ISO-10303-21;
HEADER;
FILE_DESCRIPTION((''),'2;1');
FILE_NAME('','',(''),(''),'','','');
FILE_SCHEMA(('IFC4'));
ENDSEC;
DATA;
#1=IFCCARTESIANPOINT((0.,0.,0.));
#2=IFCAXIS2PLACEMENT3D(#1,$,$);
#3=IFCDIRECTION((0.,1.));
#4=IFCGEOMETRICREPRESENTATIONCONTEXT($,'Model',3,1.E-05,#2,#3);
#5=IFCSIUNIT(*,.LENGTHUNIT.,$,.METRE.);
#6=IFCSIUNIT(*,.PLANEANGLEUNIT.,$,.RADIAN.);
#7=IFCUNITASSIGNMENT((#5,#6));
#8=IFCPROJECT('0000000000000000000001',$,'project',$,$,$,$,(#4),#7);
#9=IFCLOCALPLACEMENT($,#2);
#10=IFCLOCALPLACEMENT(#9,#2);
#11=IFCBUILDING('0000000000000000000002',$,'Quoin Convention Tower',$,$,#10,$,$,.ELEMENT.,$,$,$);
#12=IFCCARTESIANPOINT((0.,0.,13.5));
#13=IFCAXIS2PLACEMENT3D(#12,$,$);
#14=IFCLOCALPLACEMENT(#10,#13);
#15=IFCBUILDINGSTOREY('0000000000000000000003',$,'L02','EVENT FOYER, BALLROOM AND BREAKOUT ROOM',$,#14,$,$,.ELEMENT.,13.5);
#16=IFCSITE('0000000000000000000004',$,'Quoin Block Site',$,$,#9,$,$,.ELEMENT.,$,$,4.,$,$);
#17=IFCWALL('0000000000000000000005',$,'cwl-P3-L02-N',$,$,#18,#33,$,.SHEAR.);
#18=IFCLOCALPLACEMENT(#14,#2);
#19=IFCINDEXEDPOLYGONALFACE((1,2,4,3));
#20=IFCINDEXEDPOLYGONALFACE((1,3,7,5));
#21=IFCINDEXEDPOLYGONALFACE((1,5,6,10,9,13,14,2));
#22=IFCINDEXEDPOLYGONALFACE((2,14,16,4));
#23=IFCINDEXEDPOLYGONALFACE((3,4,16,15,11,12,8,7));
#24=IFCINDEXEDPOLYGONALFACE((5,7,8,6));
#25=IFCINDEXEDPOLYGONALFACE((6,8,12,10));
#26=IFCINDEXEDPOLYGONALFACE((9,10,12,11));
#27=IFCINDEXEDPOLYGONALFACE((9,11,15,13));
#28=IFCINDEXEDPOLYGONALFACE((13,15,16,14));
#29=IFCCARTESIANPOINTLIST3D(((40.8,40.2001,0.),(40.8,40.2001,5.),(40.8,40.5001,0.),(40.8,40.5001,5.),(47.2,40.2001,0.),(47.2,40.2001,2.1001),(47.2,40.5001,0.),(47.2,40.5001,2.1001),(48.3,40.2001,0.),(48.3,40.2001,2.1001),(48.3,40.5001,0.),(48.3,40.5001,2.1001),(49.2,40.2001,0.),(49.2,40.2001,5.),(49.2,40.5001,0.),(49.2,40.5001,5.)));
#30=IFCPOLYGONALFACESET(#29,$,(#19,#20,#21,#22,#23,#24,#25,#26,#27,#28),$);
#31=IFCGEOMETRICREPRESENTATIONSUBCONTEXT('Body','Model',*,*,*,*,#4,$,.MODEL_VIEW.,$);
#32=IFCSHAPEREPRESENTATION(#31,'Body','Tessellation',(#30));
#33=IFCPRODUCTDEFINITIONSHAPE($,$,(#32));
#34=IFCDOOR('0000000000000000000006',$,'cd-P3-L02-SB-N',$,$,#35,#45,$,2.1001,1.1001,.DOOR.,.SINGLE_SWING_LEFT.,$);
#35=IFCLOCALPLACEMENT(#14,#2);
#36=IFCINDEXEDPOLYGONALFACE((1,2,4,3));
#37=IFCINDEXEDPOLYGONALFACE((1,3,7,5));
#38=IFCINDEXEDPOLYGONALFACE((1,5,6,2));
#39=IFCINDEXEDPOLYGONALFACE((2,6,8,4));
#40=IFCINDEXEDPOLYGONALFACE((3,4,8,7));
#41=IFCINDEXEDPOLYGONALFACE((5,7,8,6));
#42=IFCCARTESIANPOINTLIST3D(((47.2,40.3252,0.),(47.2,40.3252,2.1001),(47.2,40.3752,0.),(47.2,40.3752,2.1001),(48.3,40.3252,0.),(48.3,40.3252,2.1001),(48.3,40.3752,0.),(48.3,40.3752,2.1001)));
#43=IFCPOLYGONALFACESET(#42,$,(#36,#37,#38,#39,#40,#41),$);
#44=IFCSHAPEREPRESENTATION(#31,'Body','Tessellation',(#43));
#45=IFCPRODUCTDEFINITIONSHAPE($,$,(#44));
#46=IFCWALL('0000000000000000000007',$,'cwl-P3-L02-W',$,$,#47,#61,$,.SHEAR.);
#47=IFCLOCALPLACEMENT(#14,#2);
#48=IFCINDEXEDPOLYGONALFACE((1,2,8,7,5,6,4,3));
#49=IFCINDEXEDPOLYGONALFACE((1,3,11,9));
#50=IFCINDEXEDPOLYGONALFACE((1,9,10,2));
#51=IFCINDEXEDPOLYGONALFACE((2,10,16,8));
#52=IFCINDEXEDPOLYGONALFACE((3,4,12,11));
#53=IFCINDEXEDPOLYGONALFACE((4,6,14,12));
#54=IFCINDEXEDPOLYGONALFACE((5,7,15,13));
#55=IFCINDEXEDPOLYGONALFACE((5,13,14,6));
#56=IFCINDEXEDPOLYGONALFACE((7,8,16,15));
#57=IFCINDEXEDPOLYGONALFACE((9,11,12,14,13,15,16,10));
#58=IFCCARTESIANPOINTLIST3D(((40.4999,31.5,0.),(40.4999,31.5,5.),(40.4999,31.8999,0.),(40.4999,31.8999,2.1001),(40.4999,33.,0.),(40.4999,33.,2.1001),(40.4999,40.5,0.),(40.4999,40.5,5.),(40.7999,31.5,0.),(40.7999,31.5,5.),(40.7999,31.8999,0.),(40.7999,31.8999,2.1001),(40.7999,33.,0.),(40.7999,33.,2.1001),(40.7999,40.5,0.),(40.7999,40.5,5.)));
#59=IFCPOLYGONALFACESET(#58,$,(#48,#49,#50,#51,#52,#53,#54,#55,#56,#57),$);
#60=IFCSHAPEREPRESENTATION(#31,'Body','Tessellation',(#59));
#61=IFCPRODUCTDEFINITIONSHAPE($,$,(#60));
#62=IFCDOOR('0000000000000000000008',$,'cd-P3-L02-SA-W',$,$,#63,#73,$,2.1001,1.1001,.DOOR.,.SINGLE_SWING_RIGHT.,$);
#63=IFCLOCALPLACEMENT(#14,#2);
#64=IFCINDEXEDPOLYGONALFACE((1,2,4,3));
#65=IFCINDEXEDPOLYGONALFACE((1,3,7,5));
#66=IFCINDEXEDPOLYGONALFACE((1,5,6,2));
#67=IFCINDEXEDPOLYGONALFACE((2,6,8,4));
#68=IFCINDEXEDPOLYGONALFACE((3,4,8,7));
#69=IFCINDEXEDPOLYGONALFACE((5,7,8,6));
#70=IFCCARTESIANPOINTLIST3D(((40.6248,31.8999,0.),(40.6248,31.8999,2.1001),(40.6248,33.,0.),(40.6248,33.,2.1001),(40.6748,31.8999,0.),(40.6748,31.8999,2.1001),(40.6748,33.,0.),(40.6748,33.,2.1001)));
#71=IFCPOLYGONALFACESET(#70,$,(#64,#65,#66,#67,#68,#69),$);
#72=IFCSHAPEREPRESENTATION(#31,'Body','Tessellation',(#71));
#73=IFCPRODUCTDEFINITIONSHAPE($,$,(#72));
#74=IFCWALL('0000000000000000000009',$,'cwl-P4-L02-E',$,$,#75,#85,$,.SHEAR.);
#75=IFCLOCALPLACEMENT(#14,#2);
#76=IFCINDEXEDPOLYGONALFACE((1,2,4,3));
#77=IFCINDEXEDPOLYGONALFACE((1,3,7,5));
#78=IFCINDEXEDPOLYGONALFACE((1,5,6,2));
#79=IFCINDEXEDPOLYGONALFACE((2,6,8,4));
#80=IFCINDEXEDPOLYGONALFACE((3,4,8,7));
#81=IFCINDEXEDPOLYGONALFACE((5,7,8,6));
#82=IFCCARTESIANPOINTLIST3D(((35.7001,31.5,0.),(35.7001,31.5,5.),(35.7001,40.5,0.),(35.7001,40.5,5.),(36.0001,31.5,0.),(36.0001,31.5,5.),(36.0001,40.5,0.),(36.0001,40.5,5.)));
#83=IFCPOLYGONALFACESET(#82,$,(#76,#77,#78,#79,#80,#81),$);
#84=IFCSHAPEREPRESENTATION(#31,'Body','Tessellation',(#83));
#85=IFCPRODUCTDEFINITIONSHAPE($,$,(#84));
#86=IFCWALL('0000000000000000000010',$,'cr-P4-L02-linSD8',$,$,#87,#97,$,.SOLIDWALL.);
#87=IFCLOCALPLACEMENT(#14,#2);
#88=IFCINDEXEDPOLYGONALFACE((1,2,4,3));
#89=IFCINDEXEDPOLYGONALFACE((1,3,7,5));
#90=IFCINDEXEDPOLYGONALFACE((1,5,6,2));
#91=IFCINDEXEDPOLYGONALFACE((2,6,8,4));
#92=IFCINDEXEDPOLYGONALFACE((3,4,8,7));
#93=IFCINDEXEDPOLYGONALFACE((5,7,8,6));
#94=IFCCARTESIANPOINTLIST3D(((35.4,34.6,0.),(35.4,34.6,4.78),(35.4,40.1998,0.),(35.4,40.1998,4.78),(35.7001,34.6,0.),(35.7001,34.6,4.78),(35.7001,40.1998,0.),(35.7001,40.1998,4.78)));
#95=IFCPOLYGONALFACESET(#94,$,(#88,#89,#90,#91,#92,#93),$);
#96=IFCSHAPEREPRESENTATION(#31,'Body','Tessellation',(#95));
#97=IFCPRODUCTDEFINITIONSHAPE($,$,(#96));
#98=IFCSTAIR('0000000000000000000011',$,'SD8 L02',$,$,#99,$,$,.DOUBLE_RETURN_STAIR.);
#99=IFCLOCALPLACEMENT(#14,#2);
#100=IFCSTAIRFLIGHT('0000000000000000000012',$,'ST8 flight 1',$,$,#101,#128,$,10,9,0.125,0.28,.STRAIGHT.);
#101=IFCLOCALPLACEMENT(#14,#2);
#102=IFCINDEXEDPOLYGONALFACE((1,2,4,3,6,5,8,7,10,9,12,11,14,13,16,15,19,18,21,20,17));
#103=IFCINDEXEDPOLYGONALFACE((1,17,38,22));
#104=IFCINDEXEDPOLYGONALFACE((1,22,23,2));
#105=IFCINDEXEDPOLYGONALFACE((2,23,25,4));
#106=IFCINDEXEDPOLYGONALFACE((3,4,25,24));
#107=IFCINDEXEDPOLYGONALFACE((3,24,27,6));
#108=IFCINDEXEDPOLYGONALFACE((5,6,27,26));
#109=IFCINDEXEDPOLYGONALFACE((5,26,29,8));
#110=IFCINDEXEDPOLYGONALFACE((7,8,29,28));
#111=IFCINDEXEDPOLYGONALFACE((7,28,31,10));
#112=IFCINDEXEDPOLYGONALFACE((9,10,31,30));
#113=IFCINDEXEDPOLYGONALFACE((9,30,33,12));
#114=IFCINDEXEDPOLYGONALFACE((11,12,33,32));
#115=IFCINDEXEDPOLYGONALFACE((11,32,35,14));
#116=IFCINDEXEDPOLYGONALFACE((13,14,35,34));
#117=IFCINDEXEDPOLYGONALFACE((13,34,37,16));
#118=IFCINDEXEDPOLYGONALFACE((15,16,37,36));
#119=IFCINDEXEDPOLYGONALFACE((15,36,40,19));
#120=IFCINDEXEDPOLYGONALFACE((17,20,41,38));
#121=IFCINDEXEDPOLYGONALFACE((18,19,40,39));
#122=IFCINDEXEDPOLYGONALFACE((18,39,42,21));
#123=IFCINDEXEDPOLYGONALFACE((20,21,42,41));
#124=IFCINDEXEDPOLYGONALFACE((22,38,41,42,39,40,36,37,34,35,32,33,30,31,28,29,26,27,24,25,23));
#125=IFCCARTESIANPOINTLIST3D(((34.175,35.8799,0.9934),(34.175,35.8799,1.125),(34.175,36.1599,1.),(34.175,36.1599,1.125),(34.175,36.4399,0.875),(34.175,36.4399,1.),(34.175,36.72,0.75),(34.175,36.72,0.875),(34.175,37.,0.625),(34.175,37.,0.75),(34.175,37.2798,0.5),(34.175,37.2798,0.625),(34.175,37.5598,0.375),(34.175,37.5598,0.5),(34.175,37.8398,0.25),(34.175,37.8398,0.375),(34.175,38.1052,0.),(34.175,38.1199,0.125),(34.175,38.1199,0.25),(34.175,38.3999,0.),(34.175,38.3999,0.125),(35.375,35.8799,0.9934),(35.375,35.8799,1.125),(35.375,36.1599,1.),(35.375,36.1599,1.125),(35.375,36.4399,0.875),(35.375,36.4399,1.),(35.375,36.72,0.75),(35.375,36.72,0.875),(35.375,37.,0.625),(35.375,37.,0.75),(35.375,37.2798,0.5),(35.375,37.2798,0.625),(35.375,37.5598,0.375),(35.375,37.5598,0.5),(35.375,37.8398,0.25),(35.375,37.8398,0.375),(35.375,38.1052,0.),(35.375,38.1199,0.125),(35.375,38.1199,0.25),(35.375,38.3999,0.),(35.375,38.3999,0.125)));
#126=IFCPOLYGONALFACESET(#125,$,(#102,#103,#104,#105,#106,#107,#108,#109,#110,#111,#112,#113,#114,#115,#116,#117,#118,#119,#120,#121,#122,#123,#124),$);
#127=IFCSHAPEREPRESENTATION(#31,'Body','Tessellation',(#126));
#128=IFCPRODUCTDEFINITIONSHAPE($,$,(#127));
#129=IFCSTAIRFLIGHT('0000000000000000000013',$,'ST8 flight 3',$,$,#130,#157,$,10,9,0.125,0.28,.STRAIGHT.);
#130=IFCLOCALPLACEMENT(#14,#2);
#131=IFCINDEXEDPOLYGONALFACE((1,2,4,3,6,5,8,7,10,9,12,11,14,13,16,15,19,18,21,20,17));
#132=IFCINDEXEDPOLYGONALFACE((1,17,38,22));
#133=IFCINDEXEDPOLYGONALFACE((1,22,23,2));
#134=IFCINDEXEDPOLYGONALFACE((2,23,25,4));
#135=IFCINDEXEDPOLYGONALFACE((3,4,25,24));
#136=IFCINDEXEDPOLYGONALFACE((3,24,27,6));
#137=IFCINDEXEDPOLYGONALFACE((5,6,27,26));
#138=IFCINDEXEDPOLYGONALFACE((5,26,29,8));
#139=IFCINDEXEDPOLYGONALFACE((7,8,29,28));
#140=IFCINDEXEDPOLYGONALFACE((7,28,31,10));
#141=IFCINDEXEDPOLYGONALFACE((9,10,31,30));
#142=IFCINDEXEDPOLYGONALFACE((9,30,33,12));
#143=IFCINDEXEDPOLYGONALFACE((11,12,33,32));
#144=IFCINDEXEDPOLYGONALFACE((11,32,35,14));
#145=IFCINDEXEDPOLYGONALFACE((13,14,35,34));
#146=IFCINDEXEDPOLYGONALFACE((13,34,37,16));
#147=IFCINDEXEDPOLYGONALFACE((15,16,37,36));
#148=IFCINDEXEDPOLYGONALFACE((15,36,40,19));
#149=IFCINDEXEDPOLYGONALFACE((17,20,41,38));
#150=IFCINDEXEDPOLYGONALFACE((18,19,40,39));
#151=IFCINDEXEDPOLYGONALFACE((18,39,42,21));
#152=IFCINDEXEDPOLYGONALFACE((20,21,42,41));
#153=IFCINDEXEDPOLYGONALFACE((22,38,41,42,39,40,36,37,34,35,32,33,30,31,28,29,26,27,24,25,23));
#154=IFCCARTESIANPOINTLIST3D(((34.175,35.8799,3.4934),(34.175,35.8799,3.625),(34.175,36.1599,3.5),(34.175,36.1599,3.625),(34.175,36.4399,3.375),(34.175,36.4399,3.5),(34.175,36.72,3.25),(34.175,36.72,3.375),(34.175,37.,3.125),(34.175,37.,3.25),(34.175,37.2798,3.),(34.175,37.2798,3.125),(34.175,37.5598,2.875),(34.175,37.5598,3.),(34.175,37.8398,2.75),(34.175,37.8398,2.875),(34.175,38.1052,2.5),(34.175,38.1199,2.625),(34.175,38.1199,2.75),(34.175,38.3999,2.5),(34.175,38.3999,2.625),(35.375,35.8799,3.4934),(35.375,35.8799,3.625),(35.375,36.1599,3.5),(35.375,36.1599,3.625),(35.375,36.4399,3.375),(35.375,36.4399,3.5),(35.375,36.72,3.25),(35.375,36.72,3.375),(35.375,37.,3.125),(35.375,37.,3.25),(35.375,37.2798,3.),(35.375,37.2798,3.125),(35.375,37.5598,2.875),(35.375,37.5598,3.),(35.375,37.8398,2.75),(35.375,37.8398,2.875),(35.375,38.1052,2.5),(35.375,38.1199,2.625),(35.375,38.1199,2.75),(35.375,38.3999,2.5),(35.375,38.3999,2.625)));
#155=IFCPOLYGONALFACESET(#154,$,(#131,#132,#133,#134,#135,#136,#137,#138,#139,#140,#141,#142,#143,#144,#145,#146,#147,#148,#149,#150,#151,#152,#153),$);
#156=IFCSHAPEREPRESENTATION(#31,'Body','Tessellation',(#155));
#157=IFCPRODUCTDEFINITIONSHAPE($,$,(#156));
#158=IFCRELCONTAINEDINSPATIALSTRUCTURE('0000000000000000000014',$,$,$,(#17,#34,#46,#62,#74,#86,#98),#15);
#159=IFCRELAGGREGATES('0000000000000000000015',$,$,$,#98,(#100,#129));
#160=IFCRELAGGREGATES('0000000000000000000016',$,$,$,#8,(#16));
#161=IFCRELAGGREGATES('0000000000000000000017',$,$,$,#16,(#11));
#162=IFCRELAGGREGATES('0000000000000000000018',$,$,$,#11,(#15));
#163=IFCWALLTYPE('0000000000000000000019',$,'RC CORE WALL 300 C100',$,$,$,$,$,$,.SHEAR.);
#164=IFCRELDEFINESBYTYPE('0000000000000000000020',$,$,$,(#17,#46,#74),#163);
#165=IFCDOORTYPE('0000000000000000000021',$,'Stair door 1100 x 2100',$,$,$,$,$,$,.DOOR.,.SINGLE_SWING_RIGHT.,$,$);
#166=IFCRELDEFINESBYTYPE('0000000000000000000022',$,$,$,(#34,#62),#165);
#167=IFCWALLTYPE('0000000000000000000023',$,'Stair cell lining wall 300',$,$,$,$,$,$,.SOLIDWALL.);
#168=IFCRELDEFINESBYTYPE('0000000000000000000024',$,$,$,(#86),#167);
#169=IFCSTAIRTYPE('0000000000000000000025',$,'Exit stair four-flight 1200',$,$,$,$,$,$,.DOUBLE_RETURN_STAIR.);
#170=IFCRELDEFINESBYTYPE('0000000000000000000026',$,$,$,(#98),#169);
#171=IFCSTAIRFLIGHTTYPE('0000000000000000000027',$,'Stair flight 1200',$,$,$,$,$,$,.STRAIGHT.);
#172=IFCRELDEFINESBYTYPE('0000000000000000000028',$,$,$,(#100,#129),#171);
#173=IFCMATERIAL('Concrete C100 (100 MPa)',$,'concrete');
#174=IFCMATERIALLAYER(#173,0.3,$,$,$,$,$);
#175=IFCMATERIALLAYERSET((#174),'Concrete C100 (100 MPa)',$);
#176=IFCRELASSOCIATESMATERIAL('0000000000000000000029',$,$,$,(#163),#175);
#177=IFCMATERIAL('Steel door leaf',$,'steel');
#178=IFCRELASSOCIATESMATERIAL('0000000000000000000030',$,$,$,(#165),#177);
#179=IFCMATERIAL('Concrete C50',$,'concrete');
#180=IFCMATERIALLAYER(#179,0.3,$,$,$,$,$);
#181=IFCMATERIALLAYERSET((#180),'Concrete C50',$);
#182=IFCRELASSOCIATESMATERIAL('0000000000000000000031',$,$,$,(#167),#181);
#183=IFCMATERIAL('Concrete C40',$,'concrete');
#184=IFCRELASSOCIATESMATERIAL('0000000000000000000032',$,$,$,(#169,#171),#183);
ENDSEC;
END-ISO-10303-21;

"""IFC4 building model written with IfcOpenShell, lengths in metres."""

from ifc_helpers import new_model, si_unit, direction, frame, frame_2d, origin, place, context, subcontext, project, spatial, polyline, rectangle, outline, extrude, material, layer, layer_set, type_object, element, fill, aggregate, save


model = new_model("IFC4")

# Units and contexts
model_context = context("Model", 3, precision=1e-05, world=origin(), true_north=direction((0.0, 1.0)))
body_context = subcontext(model_context, "Body", "Model", "MODEL_VIEW")
ifc_project = project(units=[si_unit("LENGTHUNIT", "METRE"), si_unit("PLANEANGLEUNIT", "RADIAN")], contexts=[model_context])

# Site, building, storey
site_placement = place(None, origin())
site = spatial("IfcSite", under=ifc_project, at=site_placement, Name="Quoin Block Site", CompositionType="ELEMENT", RefElevation=4.0)
building_placement = place(site_placement, origin())
building = spatial("IfcBuilding", under=site, at=building_placement, Name="Quoin Convention Tower", CompositionType="ELEMENT")
storey_placement = place(building_placement, frame((0.0, 0.0, 13.5)))
storey = spatial("IfcBuildingStorey", under=building, at=storey_placement, Name="L02", Description="EVENT FOYER, BALLROOM AND BREAKOUT ROOM", CompositionType="ELEMENT", Elevation=13.5)

# Shared definitions
ifc_material_1 = material(Name="Concrete C100 (100 MPa)", Category="concrete")

# Shared definitions
ifc_material_2 = material(Name="Concrete C50", Category="concrete")

# Walls, openings, doors
ifc_layer_1 = layer(ifc_material_1, 0.3)
ifc_layer_set_1 = layer_set([ifc_layer_1], Name="Concrete C100 (100 MPa)")
wall_type_1 = type_object("IfcWallType", Name="RC CORE WALL 300 C100", PredefinedType="SHEAR", material=ifc_layer_set_1)
ifc_material_3 = material(Name="Steel door leaf", Category="steel")
wall_1_placement = place(storey_placement, frame((40.8, 40.3501, 0.0), z_axis=(0.0, 0.0, 1.0), x_axis=(1.0, 0.0, 0.0)))
wall_1 = element("IfcWall", 1, at=wall_1_placement, inside=storey, type_object=wall_type_1, Name="cwl-P3-L02-N", PredefinedType="SHEAR", context=body_context, shape_type="SweptSolid", body=[
    extrude(rectangle(XDim=8.3999, YDim=0.3, at=frame_2d((4.2, 0.0))), origin(), (0.0, 0.0, 1.0), 5.0),
])
opening_1_placement = place(wall_1_placement, frame((6.3999, 0.0, 0.0)))
opening_1 = element("IfcOpeningElement", 2, at=opening_1_placement, cuts=wall_1, PredefinedType="OPENING", context=body_context, shape_type="SweptSolid", body=[
    extrude(rectangle(XDim=1.1001, YDim=2.1001, at=frame_2d((0.55, 1.05))), frame((0.0, 0.1599, 0.0), z_axis=(0.0, -1.0, 0.0), x_axis=(1.0, 0.0, 0.0)), (0.0, 0.0, 1.0), 0.3201),
])
door_type_1 = type_object("IfcDoorType", Name="Stair door 1100 x 2100", OperationType="SINGLE_SWING_RIGHT", PredefinedType="DOOR", material=ifc_material_3)
door_1_placement = place(opening_1_placement, frame((1.1001, 0.0, 0.0), z_axis=(0.0, 0.0, 1.0), x_axis=(-1.0, 0.0, 0.0)))
door_1 = element("IfcDoor", 3, at=door_1_placement, inside=storey, type_object=door_type_1, Name="cd-P3-L02-SB-N", OperationType="SINGLE_SWING_LEFT", OverallHeight=2.1001, OverallWidth=1.1001, PredefinedType="DOOR", context=body_context, shape_type="SweptSolid", body=[
    extrude(rectangle(XDim=1.1001, YDim=2.1001, at=frame_2d((0.55, 1.05))), frame((0.0, 0.0249, 0.0), z_axis=(0.0, -1.0, 0.0), x_axis=(1.0, 0.0, 0.0)), (0.0, 0.0, 1.0), 0.05),
])
fill(opening_1, door_1)
wall_2_placement = place(storey_placement, frame((40.6499, 31.5, 0.0), z_axis=(0.0, 0.0, 1.0), x_axis=(0.0, 1.0, 0.0)))
wall_2 = element("IfcWall", 4, at=wall_2_placement, inside=storey, type_object=wall_type_1, Name="cwl-P3-L02-W", PredefinedType="SHEAR", context=body_context, shape_type="SweptSolid", body=[
    extrude(rectangle(XDim=9.0, YDim=0.3, at=frame_2d((4.5, 0.0))), origin(), (0.0, 0.0, 1.0), 5.0),
])
opening_2_placement = place(wall_2_placement, frame((0.3999, 0.0, 0.0)))
opening_2 = element("IfcOpeningElement", 5, at=opening_2_placement, cuts=wall_2, PredefinedType="OPENING", context=body_context, shape_type="SweptSolid", body=[
    extrude(rectangle(XDim=1.1001, YDim=2.1001, at=frame_2d((0.55, 1.05))), frame((0.0, 0.1599, 0.0), z_axis=(0.0, -1.0, 0.0), x_axis=(1.0, 0.0, 0.0)), (0.0, 0.0, 1.0), 0.3201),
])
door_2_placement = place(opening_2_placement, frame((1.1001, 0.0, 0.0), z_axis=(0.0, 0.0, 1.0), x_axis=(-1.0, 0.0, 0.0)))
door_2 = element("IfcDoor", 6, at=door_2_placement, inside=storey, type_object=door_type_1, Name="cd-P3-L02-SA-W", OperationType="SINGLE_SWING_RIGHT", OverallHeight=2.1001, OverallWidth=1.1001, PredefinedType="DOOR", context=body_context, shape_type="SweptSolid", body=[
    extrude(rectangle(XDim=1.1001, YDim=2.1001, at=frame_2d((0.55, 1.05))), frame((0.0, 0.0249, 0.0), z_axis=(0.0, -1.0, 0.0), x_axis=(1.0, 0.0, 0.0)), (0.0, 0.0, 1.0), 0.05),
])
fill(opening_2, door_2)

# Walls
wall_3_placement = place(storey_placement, frame((35.8501, 31.5, 0.0), z_axis=(0.0, 0.0, 1.0), x_axis=(0.0, 1.0, 0.0)))
element("IfcWall", 7, at=wall_3_placement, inside=storey, type_object=wall_type_1, Name="cwl-P4-L02-E", PredefinedType="SHEAR", context=body_context, shape_type="SweptSolid", body=[
    extrude(rectangle(XDim=9.0, YDim=0.3, at=frame_2d((4.5, 0.0))), origin(), (0.0, 0.0, 1.0), 5.0),
])
ifc_layer_2 = layer(ifc_material_2, 0.3)
ifc_layer_set_2 = layer_set([ifc_layer_2], Name="Concrete C50")
wall_type_2 = type_object("IfcWallType", Name="Stair cell lining wall 300", PredefinedType="SOLIDWALL", material=ifc_layer_set_2)
wall_4_placement = place(storey_placement, frame((35.55, 34.6001, 0.0), z_axis=(0.0, 0.0, 1.0), x_axis=(0.0, 1.0, 0.0)))
element("IfcWall", 8, at=wall_4_placement, inside=storey, type_object=wall_type_2, Name="cr-P4-L02-linSD8", PredefinedType="SOLIDWALL", context=body_context, shape_type="SweptSolid", body=[
    extrude(rectangle(XDim=5.5999, YDim=0.3, at=frame_2d((2.7998, 0.0))), origin(), (0.0, 0.0, 1.0), 4.78),
])

# Stair, stair flights
ifc_material_4 = material(Name="Concrete C40", Category="concrete")
stair_type_1 = type_object("IfcStairType", Name="Exit stair four-flight 1200", PredefinedType="DOUBLE_RETURN_STAIR", material=ifc_material_4)
stair_1_placement = place(storey_placement, origin())
stair_1 = element("IfcStair", 9, at=stair_1_placement, inside=storey, type_object=stair_type_1, Name="SD8 L02", PredefinedType="DOUBLE_RETURN_STAIR")
stair_flight_type_1 = type_object("IfcStairFlightType", Name="Stair flight 1200", PredefinedType="STRAIGHT", material=ifc_material_4)
stair_flight_1_placement = place(storey_placement, frame((34.7749, 38.3999, 0.0), z_axis=(0.0, 0.0, 1.0), x_axis=(0.0, -1.0, 0.0)))
stair_flight_1 = element("IfcStairFlight", 10, at=stair_flight_1_placement, type_object=stair_flight_type_1, Name="ST8 flight 1", NumberOfRisers=10, NumberOfTreads=9, PredefinedType="STRAIGHT", RiserHeight=0.125, TreadLength=0.28, context=body_context, shape_type="SweptSolid", body=[
    extrude(outline(polyline([(0.0, 0.0), (0.0, 0.125), (0.28, 0.125), (0.28, 0.25), (0.5601, 0.25), (0.5601, 0.375), (0.8401, 0.375), (0.8401, 0.5), (1.1201, 0.5), (1.1201, 0.625), (1.3999, 0.625), (1.3999, 0.75), (1.6799, 0.75), (1.6799, 0.875), (1.96, 0.875), (1.96, 1.0), (2.24, 1.0), (2.24, 1.125), (2.52, 1.125), (2.52, 1.25), (2.52, 0.9934), (0.2947, 0.0), (0.0, 0.0)])), frame((0.0, 0.6001, 0.0), z_axis=(0.0, -1.0, 0.0), x_axis=(1.0, 0.0, 0.0)), (0.0, 0.0, 1.0), 1.2),
])
stair_flight_2_placement = place(storey_placement, frame((34.7749, 38.3999, 2.5), z_axis=(0.0, 0.0, 1.0), x_axis=(0.0, -1.0, 0.0)))
stair_flight_2 = element("IfcStairFlight", 11, at=stair_flight_2_placement, type_object=stair_flight_type_1, Name="ST8 flight 3", NumberOfRisers=10, NumberOfTreads=9, PredefinedType="STRAIGHT", RiserHeight=0.125, TreadLength=0.28, context=body_context, shape_type="SweptSolid", body=[
    extrude(outline(polyline([(0.0, 0.0), (0.0, 0.125), (0.28, 0.125), (0.28, 0.25), (0.5601, 0.25), (0.5601, 0.375), (0.8401, 0.375), (0.8401, 0.5), (1.1201, 0.5), (1.1201, 0.625), (1.3999, 0.625), (1.3999, 0.75), (1.6799, 0.75), (1.6799, 0.875), (1.96, 0.875), (1.96, 1.0), (2.24, 1.0), (2.24, 1.125), (2.52, 1.125), (2.52, 1.25), (2.52, 0.9934), (0.2947, 0.0), (0.0, 0.0)])), frame((0.0, 0.6001, 0.0), z_axis=(0.0, -1.0, 0.0), x_axis=(1.0, 0.0, 0.0)), (0.0, 0.0, 1.0), 1.2),
])
aggregate(stair_1, [stair_flight_1, stair_flight_2])

save(model, "model.ifc")
